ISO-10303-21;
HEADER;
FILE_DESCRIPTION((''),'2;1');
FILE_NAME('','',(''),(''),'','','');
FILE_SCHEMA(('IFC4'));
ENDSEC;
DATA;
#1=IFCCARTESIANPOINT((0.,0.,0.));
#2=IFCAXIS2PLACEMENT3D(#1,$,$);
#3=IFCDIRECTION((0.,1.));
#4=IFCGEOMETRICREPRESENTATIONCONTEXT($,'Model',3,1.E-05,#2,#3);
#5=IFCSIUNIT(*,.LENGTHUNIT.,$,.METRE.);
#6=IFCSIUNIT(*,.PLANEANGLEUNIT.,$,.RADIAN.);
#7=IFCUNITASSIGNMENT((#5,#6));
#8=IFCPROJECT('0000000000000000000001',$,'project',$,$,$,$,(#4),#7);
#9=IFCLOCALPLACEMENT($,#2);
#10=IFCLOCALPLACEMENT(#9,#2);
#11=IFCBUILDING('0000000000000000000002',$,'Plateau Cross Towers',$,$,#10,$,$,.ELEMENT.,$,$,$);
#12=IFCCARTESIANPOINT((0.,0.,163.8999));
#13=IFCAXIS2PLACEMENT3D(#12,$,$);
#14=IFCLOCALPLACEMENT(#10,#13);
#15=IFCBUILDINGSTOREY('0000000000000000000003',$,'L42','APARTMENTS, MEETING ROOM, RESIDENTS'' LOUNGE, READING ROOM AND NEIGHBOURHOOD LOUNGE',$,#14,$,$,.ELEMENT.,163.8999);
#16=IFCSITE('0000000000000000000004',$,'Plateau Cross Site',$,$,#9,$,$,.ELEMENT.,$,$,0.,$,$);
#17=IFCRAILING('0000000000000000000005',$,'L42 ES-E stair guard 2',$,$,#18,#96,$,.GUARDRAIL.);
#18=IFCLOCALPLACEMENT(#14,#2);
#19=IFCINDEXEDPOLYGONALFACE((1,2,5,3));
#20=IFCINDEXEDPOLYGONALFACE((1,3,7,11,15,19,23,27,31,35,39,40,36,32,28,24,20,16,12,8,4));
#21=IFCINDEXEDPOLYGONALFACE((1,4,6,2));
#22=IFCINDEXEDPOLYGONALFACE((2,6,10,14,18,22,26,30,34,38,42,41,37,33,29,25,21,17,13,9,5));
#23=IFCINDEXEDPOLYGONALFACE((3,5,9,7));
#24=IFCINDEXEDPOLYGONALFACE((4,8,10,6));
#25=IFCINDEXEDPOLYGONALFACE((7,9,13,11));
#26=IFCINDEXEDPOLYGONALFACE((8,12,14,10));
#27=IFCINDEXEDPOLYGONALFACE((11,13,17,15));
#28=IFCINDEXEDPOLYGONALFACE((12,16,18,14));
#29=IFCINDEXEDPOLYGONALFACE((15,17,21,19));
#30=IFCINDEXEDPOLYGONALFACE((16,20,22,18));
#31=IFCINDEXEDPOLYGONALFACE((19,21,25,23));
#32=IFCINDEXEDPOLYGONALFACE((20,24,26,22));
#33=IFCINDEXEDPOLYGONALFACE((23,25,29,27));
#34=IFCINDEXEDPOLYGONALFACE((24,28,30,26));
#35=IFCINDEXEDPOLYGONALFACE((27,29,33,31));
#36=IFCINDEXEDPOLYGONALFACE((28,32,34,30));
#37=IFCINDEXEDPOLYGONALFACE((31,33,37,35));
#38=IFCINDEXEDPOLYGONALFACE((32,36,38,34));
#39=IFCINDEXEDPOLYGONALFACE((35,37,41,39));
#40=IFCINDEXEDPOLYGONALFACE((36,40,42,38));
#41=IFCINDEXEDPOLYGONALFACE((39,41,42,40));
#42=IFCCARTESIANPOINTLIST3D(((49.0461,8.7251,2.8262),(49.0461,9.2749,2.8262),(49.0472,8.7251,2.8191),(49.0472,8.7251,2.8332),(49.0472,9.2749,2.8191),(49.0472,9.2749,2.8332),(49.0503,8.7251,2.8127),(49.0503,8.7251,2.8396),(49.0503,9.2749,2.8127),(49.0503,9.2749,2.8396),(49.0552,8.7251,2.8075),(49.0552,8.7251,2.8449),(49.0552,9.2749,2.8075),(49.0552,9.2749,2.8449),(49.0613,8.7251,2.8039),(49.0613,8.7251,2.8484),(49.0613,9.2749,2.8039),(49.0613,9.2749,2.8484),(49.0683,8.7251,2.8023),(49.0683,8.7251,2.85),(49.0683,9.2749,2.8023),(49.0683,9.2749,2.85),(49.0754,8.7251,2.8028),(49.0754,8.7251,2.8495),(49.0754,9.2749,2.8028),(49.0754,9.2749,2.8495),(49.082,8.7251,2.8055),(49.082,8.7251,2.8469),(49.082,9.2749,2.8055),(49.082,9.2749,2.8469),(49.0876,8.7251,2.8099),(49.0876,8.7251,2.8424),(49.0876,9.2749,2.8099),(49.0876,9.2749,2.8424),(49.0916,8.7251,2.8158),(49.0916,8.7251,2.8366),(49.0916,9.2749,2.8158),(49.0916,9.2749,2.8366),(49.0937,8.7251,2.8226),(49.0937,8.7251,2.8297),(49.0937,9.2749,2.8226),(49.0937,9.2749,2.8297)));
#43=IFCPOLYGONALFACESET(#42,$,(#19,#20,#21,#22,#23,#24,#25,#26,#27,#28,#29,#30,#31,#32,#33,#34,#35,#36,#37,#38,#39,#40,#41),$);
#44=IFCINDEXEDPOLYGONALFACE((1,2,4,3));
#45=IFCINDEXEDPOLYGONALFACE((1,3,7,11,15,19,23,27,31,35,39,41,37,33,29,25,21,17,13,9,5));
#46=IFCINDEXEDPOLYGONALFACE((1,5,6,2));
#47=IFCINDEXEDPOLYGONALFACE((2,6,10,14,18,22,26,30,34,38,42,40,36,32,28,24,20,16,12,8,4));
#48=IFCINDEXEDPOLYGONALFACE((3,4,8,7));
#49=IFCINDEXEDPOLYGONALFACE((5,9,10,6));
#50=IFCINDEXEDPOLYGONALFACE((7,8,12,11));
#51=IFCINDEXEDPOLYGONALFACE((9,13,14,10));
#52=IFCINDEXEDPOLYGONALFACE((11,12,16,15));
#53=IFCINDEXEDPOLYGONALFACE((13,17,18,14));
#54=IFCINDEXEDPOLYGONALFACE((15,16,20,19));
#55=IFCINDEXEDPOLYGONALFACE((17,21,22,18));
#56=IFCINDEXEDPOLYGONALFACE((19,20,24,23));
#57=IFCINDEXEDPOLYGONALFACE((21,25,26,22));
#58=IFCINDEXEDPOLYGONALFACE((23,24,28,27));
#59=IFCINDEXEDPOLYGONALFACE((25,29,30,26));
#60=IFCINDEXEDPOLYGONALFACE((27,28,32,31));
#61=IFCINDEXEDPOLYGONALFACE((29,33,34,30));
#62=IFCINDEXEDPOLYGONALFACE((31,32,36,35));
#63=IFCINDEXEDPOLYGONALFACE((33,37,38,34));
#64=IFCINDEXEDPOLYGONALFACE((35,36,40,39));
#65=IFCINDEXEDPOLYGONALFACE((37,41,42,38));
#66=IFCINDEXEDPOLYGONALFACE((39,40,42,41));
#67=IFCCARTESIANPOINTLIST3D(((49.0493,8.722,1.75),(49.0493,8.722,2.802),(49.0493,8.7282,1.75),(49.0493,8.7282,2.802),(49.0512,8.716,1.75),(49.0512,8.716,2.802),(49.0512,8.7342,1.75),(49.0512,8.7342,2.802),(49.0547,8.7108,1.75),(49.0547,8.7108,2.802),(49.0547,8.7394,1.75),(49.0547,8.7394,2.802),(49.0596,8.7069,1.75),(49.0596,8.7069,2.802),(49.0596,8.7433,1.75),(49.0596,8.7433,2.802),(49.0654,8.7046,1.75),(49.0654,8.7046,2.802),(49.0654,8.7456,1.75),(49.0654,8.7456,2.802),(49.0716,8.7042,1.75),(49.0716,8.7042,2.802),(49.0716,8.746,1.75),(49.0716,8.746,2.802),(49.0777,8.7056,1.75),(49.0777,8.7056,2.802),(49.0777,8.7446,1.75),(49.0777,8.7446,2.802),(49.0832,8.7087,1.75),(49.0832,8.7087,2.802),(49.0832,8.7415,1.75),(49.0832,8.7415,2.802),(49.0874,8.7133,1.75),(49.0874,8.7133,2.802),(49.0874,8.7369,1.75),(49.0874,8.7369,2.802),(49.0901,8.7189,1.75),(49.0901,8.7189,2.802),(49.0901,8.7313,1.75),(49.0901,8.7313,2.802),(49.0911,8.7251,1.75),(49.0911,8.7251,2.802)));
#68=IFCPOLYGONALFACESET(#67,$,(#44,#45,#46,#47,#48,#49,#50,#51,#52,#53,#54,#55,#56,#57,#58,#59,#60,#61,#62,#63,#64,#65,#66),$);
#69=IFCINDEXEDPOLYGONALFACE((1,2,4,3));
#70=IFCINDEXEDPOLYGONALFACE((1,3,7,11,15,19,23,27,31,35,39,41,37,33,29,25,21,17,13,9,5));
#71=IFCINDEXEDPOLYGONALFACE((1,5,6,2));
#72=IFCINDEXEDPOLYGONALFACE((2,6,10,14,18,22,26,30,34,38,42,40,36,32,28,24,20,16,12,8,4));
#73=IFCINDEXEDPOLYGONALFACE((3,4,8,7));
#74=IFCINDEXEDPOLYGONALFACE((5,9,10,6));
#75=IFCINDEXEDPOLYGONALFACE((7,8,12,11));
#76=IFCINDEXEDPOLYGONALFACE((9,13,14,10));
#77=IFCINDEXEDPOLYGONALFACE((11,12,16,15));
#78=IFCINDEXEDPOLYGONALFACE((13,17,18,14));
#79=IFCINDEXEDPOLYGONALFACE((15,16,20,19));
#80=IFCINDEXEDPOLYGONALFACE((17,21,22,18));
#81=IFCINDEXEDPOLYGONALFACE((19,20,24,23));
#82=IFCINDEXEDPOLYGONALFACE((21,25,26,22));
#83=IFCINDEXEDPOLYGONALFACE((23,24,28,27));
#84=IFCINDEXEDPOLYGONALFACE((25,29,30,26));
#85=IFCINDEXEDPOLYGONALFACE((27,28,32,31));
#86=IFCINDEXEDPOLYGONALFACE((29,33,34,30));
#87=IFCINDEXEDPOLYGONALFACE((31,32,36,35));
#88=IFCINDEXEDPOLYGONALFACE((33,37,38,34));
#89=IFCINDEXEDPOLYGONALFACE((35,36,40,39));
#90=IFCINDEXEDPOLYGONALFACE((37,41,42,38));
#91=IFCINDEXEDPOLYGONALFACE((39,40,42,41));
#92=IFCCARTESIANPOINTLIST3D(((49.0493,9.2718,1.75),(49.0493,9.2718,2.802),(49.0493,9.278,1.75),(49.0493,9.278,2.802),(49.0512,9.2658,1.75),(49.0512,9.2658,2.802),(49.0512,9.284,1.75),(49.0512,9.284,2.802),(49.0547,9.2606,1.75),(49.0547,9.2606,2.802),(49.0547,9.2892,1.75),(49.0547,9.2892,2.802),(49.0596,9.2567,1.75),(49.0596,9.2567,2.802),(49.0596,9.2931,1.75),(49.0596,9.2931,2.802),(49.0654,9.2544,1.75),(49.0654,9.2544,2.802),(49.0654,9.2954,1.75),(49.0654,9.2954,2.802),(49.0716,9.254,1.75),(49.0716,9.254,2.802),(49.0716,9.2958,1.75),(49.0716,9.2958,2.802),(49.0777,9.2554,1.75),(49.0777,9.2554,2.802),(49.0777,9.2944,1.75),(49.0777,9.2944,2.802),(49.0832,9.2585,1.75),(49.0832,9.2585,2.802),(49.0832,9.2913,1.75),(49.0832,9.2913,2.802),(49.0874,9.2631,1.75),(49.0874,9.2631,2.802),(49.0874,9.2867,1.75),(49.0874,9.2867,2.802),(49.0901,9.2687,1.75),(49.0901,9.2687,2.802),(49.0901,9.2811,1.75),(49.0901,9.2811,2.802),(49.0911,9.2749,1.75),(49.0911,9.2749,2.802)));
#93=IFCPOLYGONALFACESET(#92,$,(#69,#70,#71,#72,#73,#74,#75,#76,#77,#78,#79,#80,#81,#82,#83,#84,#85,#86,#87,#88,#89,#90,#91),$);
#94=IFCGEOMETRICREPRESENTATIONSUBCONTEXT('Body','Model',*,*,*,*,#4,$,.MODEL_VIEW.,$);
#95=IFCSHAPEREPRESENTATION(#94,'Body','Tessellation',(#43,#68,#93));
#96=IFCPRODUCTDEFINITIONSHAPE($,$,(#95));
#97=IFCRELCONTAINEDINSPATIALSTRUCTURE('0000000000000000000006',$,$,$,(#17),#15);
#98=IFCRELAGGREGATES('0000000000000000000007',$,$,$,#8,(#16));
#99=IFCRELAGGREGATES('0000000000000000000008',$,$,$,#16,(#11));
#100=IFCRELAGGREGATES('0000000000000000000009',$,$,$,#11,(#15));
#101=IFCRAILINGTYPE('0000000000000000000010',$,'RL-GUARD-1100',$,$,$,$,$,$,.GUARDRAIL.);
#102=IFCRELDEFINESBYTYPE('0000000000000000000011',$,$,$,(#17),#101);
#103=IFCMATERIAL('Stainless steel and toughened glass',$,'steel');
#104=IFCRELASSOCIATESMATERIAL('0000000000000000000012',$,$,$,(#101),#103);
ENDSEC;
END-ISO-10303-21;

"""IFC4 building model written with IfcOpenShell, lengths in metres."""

from ifc_helpers import new_model, si_unit, direction, frame, origin, origin_2d, place, context, subcontext, project, spatial, circle, extrude, material, type_object, element, save


model = new_model("IFC4")

# Units and contexts
model_context = context("Model", 3, precision=1e-05, world=origin(), true_north=direction((0.0, 1.0)))
body_context = subcontext(model_context, "Body", "Model", "MODEL_VIEW")
ifc_project = project(units=[si_unit("LENGTHUNIT", "METRE"), si_unit("PLANEANGLEUNIT", "RADIAN")], contexts=[model_context])

# Site, building, storey
site_placement = place(None, origin())
site = spatial("IfcSite", under=ifc_project, at=site_placement, Name="Plateau Cross Site", CompositionType="ELEMENT", RefElevation=0.0)
building_placement = place(site_placement, origin())
building = spatial("IfcBuilding", under=site, at=building_placement, Name="Plateau Cross Towers", CompositionType="ELEMENT")
storey_placement = place(building_placement, frame((0.0, 0.0, 163.8999)))
storey = spatial("IfcBuildingStorey", under=building, at=storey_placement, Name="L42", Description="APARTMENTS, MEETING ROOM, RESIDENTS' LOUNGE, READING ROOM AND NEIGHBOURHOOD LOUNGE", CompositionType="ELEMENT", Elevation=163.8999)

# Railing
ifc_material_1 = material(Name="Stainless steel and toughened glass", Category="steel")
railing_type_1 = type_object("IfcRailingType", Name="RL-GUARD-1100", PredefinedType="GUARDRAIL", material=ifc_material_1)
railing_1_placement = place(storey_placement, frame((49.0701, 8.7251, 1.75)))
element("IfcRailing", 1, at=railing_1_placement, inside=storey, type_object=railing_type_1, Name="L42 ES-E stair guard 2", PredefinedType="GUARDRAIL", context=body_context, shape_type="SweptSolid", body=[
    extrude(circle(Radius=0.0239, at=origin_2d()), frame((0.0, 0.0, 1.0762), z_axis=(0.0, 1.0, 0.0), x_axis=(-1.0, 0.0, 0.0)), (0.0, 0.0, 1.0), 0.5498),
    extrude(circle(Radius=0.021, at=origin_2d()), origin(), (0.0, 0.0, 1.0), 1.052),
    extrude(circle(Radius=0.021, at=origin_2d()), frame((0.0, 0.5498, 0.0)), (0.0, 0.0, 1.0), 1.052),
])

save(model, "model.ifc")
